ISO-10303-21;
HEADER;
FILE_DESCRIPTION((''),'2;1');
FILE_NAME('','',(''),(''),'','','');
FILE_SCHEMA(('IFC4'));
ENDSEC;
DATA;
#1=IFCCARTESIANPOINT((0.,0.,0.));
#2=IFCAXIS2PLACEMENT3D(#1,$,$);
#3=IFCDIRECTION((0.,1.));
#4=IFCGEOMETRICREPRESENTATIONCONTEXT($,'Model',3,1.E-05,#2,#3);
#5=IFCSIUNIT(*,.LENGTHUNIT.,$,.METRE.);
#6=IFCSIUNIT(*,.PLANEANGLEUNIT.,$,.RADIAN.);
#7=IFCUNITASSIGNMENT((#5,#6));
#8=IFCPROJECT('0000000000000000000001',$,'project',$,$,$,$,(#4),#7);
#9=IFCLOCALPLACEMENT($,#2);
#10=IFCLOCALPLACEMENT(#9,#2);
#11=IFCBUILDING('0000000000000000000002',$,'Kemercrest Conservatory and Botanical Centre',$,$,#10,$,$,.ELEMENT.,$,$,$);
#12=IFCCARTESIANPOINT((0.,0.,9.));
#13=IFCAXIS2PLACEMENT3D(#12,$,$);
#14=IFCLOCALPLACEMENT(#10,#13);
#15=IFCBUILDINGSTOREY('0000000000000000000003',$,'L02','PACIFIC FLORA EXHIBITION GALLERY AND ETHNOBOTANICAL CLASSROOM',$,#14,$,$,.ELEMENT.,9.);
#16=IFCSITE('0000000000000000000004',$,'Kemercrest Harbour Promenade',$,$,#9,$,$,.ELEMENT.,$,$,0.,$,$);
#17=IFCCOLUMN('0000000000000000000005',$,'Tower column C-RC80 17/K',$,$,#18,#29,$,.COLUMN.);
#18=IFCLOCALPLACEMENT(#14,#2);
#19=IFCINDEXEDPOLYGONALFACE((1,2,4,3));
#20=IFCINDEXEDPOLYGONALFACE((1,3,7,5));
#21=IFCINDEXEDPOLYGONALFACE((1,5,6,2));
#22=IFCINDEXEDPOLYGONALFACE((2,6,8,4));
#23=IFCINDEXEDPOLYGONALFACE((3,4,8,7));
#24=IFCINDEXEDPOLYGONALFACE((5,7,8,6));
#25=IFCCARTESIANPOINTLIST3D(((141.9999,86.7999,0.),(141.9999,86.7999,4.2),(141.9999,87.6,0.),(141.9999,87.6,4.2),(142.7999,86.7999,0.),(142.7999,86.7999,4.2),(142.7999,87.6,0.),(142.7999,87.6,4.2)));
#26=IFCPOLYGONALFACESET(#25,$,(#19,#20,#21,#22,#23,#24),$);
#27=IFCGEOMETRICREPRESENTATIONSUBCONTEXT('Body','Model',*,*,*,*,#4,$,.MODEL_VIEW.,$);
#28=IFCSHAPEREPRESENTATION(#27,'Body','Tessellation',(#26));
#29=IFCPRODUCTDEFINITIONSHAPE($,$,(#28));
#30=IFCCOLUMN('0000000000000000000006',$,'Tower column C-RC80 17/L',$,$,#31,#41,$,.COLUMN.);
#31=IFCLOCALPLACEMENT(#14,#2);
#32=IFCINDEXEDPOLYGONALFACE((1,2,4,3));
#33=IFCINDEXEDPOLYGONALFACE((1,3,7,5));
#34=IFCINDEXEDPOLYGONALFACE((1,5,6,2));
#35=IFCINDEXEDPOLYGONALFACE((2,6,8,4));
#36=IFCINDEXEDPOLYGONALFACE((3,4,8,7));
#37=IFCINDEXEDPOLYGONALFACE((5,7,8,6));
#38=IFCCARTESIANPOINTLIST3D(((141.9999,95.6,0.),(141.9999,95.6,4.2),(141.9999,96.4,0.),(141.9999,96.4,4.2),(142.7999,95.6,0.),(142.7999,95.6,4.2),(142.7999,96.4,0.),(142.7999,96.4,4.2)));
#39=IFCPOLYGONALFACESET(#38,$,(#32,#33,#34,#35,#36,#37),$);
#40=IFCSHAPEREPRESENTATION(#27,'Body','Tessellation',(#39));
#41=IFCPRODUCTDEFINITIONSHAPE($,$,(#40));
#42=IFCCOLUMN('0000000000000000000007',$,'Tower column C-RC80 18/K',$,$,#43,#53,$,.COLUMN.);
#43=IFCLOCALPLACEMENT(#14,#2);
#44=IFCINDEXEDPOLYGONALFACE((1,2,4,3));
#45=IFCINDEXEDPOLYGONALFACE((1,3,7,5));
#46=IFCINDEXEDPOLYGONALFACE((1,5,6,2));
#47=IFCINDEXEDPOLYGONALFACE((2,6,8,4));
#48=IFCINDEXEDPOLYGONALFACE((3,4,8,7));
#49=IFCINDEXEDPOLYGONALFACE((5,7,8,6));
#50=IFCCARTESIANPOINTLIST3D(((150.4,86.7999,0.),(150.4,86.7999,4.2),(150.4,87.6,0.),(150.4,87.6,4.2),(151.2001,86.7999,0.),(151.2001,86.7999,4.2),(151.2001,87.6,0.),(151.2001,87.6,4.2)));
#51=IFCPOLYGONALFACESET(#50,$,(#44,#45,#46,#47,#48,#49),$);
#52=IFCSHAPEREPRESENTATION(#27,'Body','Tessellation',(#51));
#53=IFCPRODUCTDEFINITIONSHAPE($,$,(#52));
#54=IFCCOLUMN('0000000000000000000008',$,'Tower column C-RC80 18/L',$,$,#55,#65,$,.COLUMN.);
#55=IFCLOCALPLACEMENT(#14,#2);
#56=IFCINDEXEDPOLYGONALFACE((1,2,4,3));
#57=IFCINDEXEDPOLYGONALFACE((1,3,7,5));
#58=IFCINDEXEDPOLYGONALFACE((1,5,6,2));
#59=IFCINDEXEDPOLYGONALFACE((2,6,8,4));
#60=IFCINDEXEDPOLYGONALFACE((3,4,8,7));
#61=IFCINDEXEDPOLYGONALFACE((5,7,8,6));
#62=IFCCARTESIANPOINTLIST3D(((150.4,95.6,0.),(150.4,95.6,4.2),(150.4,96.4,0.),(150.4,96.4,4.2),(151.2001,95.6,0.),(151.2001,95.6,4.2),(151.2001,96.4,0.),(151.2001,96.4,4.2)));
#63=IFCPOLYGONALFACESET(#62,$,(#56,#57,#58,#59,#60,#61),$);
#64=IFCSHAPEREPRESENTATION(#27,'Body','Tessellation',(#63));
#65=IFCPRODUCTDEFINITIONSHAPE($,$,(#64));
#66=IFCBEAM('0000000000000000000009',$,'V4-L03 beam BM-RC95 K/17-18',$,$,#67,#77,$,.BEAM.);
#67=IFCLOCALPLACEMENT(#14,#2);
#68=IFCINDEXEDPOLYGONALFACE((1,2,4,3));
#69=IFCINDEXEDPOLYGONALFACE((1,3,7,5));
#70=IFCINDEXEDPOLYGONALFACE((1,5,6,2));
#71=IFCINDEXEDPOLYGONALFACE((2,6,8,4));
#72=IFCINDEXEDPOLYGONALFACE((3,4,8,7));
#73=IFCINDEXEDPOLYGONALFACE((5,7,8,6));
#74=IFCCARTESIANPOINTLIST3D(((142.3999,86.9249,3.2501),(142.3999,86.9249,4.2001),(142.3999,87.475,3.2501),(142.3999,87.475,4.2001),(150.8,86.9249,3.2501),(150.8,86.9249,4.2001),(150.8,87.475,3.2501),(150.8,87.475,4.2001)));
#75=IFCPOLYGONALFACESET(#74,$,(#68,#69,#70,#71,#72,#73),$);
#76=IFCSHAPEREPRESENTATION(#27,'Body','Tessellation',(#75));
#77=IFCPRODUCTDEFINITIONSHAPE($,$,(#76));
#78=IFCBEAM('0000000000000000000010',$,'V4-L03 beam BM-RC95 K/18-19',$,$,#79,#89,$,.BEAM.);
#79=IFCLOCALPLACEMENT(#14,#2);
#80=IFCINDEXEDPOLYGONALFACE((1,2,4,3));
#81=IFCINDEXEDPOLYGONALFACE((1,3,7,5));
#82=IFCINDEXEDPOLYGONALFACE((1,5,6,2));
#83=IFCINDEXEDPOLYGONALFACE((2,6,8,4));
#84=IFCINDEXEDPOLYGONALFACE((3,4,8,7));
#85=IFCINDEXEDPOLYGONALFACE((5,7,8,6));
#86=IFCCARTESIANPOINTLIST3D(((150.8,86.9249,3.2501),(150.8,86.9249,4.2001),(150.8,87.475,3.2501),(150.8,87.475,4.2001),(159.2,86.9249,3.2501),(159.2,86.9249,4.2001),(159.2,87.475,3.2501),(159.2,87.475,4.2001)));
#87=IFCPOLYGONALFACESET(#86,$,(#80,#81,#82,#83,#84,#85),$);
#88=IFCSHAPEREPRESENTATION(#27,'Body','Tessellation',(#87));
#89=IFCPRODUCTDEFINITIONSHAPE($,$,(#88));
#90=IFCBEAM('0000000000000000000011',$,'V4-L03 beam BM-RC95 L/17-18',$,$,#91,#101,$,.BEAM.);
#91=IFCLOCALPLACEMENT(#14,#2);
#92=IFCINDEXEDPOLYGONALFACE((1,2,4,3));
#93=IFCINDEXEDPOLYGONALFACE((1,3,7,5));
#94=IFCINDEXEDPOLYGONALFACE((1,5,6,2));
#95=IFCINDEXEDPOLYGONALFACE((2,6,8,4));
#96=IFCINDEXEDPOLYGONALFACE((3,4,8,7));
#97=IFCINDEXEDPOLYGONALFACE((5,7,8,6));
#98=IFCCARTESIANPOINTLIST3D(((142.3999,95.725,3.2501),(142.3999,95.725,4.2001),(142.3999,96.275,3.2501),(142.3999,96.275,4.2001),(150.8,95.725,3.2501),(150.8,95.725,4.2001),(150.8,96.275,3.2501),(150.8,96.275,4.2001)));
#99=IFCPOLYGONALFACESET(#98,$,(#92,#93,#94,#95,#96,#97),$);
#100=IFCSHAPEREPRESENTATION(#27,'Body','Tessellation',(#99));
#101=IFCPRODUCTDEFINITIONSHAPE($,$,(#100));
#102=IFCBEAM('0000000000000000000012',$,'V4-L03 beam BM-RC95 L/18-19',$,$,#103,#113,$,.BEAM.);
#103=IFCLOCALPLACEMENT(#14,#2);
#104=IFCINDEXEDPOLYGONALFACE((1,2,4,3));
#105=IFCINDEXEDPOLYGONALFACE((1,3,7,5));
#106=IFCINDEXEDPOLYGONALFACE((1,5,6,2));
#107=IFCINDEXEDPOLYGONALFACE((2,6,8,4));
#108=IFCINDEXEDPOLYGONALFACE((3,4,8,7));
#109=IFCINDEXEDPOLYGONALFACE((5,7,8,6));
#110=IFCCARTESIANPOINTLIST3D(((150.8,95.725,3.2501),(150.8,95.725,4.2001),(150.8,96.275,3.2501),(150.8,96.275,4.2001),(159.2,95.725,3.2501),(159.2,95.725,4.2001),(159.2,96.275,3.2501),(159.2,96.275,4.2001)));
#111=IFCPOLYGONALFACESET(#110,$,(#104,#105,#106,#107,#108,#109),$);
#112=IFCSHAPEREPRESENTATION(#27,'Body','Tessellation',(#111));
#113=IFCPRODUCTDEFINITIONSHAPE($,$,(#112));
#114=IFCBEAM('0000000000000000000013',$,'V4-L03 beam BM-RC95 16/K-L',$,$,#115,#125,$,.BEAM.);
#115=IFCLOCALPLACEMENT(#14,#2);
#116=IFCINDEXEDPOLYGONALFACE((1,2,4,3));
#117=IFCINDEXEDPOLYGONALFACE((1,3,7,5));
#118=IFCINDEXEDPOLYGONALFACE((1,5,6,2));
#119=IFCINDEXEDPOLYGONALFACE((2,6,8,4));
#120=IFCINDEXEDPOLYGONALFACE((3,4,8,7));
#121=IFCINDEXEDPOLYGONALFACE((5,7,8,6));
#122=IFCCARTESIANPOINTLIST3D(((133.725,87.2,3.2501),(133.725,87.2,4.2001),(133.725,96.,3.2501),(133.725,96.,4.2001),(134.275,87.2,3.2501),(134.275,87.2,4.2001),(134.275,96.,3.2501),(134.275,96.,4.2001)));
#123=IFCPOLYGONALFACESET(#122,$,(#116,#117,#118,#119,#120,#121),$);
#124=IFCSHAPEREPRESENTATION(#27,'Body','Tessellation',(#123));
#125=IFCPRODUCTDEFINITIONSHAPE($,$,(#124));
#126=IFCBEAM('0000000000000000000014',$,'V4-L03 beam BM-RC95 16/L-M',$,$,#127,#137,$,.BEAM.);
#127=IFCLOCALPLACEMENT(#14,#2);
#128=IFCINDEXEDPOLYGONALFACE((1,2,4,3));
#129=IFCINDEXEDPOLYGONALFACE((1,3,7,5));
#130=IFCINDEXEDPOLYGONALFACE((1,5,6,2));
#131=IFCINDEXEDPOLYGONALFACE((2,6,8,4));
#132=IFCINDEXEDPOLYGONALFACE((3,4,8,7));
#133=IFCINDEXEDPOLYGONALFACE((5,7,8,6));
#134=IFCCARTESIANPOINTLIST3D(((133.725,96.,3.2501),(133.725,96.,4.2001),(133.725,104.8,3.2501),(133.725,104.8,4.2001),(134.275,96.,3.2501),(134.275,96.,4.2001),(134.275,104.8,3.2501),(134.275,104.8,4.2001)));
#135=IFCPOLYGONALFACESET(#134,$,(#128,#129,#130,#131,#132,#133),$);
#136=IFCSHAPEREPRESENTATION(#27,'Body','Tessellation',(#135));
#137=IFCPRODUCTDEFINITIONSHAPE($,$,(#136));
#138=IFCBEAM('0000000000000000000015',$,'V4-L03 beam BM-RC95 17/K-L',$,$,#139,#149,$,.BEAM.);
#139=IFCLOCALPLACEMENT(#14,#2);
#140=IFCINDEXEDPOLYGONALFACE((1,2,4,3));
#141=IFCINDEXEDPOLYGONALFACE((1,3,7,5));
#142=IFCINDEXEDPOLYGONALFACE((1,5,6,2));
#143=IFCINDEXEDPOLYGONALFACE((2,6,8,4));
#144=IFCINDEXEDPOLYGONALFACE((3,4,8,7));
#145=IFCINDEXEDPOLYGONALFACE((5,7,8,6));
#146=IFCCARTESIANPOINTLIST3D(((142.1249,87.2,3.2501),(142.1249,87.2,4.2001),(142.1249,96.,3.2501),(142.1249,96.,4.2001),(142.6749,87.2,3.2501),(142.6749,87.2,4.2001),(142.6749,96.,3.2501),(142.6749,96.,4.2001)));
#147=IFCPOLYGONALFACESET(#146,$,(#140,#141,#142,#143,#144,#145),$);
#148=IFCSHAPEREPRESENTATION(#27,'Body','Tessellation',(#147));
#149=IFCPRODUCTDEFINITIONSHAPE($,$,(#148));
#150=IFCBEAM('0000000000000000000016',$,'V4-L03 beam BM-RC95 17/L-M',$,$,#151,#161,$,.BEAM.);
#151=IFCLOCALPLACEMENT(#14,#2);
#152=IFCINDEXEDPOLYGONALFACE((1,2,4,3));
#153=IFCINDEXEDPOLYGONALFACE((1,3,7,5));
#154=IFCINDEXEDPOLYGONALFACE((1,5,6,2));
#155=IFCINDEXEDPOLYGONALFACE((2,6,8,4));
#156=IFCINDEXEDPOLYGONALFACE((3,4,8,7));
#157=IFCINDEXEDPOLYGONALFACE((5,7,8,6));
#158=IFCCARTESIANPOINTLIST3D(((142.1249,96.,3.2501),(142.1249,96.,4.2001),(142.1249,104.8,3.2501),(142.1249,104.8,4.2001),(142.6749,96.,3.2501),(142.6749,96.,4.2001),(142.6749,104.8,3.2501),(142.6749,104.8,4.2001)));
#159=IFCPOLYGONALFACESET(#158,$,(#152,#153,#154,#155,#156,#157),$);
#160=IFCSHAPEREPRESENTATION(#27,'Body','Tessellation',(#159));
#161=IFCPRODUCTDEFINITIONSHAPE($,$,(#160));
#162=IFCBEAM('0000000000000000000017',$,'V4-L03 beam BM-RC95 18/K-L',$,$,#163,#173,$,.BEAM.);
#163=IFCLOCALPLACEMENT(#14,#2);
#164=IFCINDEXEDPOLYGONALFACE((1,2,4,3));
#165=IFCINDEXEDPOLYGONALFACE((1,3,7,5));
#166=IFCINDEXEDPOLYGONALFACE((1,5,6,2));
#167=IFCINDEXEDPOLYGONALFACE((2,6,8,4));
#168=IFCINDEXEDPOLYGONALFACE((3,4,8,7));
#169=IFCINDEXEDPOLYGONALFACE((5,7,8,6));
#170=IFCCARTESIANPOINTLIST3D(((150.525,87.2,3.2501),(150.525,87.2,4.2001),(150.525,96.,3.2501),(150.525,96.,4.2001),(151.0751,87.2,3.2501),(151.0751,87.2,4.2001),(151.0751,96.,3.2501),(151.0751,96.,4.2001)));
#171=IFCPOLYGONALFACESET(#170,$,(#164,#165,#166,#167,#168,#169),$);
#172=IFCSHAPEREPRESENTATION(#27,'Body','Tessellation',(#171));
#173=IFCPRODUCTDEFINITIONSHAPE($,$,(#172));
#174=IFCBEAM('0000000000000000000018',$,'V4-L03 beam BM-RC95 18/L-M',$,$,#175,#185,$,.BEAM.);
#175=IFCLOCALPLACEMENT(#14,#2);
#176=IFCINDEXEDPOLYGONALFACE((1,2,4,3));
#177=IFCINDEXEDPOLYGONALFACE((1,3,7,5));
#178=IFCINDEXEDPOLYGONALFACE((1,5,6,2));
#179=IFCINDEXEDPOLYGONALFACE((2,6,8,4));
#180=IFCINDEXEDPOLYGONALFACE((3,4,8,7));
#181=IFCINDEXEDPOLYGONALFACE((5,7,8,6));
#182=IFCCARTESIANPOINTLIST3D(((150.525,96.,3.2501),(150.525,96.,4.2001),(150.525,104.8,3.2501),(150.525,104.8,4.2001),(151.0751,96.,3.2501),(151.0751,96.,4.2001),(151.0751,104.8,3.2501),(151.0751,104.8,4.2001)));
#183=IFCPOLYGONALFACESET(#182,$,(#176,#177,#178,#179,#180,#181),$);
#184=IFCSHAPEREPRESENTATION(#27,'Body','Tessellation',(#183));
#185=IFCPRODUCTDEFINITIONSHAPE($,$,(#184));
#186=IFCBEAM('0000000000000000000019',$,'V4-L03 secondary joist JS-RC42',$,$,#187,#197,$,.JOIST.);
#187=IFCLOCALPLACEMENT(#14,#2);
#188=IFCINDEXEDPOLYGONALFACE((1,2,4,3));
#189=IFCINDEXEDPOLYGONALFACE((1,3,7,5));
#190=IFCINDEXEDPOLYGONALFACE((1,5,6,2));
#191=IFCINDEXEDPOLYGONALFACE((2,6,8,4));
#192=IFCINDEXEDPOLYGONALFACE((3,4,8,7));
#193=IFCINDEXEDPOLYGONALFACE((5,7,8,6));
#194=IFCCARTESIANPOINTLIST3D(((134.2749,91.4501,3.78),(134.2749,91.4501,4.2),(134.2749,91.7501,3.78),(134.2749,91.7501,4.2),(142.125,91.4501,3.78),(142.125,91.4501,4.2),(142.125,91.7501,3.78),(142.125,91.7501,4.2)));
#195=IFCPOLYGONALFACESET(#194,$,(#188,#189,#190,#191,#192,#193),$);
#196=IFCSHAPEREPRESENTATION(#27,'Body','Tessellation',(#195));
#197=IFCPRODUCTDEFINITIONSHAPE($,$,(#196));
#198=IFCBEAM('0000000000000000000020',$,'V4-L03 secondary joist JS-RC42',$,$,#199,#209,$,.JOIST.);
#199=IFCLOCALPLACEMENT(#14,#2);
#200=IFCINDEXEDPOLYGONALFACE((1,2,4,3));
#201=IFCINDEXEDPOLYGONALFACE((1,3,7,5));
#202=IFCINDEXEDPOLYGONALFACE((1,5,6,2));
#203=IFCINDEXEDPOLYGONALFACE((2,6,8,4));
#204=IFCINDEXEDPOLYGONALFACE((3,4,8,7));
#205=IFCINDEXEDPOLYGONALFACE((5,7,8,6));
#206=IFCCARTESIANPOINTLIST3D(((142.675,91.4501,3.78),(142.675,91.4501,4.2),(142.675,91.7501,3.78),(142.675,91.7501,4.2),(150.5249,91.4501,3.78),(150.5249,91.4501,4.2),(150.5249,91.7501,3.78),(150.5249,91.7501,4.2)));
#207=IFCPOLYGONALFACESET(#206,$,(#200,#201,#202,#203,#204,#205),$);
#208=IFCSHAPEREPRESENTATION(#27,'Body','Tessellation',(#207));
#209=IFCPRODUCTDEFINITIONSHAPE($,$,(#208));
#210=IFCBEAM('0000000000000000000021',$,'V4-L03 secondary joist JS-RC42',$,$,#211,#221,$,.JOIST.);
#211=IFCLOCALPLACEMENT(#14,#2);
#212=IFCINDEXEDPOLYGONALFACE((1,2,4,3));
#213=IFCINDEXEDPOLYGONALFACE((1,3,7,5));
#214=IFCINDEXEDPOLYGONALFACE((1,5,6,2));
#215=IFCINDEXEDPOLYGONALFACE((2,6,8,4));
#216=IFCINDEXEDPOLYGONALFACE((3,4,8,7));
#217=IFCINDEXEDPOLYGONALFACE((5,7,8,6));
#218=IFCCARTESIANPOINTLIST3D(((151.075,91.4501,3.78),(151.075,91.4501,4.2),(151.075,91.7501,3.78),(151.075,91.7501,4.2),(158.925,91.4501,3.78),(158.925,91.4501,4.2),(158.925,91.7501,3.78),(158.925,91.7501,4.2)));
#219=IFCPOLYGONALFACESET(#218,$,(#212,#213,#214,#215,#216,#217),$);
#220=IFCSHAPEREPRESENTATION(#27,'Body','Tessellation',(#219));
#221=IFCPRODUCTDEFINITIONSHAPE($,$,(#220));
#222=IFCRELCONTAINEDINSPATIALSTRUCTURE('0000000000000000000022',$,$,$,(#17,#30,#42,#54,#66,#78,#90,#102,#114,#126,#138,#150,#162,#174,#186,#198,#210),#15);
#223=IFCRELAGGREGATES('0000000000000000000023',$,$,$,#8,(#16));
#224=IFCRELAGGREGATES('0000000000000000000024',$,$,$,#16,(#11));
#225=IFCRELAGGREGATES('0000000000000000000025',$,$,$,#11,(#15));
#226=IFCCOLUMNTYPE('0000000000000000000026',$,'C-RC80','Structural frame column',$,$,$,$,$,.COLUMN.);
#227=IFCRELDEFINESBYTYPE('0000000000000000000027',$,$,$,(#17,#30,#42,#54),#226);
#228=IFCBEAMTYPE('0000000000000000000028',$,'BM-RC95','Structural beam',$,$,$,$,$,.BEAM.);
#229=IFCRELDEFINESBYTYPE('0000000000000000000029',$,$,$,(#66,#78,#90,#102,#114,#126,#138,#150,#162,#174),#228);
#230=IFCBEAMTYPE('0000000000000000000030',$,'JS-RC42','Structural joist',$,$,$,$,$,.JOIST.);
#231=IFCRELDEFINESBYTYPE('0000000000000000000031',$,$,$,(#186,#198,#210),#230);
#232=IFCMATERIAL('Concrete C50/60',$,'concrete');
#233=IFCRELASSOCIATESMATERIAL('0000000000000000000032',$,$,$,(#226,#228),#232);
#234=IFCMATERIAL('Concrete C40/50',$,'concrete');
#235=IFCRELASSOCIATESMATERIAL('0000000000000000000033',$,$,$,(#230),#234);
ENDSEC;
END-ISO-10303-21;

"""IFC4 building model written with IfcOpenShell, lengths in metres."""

from ifc_helpers import new_model, si_unit, direction, frame, origin, origin_2d, place, context, subcontext, project, spatial, rectangle, extrude, material, material_profile, profile_set, type_object, element, save


model = new_model("IFC4")

# Units and contexts
model_context = context("Model", 3, precision=1e-05, world=origin(), true_north=direction((0.0, 1.0)))
body_context = subcontext(model_context, "Body", "Model", "MODEL_VIEW")
ifc_project = project(units=[si_unit("LENGTHUNIT", "METRE"), si_unit("PLANEANGLEUNIT", "RADIAN")], contexts=[model_context])

# Site, building, storey
site_placement = place(None, origin())
site = spatial("IfcSite", under=ifc_project, at=site_placement, Name="Kemercrest Harbour Promenade", CompositionType="ELEMENT", RefElevation=0.0)
building_placement = place(site_placement, origin())
building = spatial("IfcBuilding", under=site, at=building_placement, Name="Kemercrest Conservatory and Botanical Centre", CompositionType="ELEMENT")
storey_placement = place(building_placement, frame((0.0, 0.0, 9.0)))
storey = spatial("IfcBuildingStorey", under=building, at=storey_placement, Name="L02", Description="PACIFIC FLORA EXHIBITION GALLERY AND ETHNOBOTANICAL CLASSROOM", CompositionType="ELEMENT", Elevation=9.0)

# Columns
ifc_material_1 = material(Name="Concrete C50/60", Category="concrete")
ifc_material_profile_1 = material_profile(ifc_material_1, rectangle(XDim=0.8, YDim=0.8, at=origin_2d()), Name="RC 800x800")
ifc_profile_set_1 = profile_set([ifc_material_profile_1], Name="Concrete C50/60")
column_type = type_object("IfcColumnType", Name="C-RC80", Description="Structural frame column", PredefinedType="COLUMN", material=ifc_profile_set_1)
for number, where, z_axis, x_axis, name in (
    (1, (142.3999, 87.2, 0.0), (0.0, 0.0, 1.0), (1.0, 0.0, 0.0), "Tower column C-RC80 17/K"),
    (2, (142.3999, 96.0, 0.0), (0.0, 0.0, 1.0), (1.0, 0.0, 0.0), "Tower column C-RC80 17/L"),
    (3, (150.8, 87.2, 0.0), (0.0, 0.0, 1.0), (1.0, 0.0, 0.0), "Tower column C-RC80 18/K"),
    (4, (150.8, 96.0, 0.0), (0.0, 0.0, 1.0), (1.0, 0.0, 0.0), "Tower column C-RC80 18/L"),
):
    element("IfcColumn", number, at=place(storey_placement, frame(where, z_axis=z_axis, x_axis=x_axis)), inside=storey, type_object=column_type, Name=name, PredefinedType="COLUMN", context=body_context, shape_type="SweptSolid", body=[
        extrude(rectangle(XDim=0.8, YDim=0.8, at=origin_2d()), origin(), (0.0, 0.0, 1.0), 4.2),
    ])

# Beams
ifc_material_profile_2 = material_profile(ifc_material_1, rectangle(XDim=0.55, YDim=0.95, at=origin_2d()), Name="RC 550x950")
ifc_profile_set_2 = profile_set([ifc_material_profile_2], Name="Concrete C50/60")
beam_type_1 = type_object("IfcBeamType", Name="BM-RC95", Description="Structural beam", PredefinedType="BEAM", material=ifc_profile_set_2)
beam_1_placement = place(storey_placement, frame((142.3999, 87.2, 3.7251), z_axis=(1.0, 0.0, 0.0), x_axis=(0.0, 1.0, 0.0)))
element("IfcBeam", 5, at=beam_1_placement, inside=storey, type_object=beam_type_1, Name="V4-L03 beam BM-RC95 K/17-18", PredefinedType="BEAM", context=body_context, shape_type="SweptSolid", body=[
    extrude(rectangle(XDim=0.55, YDim=0.95, at=origin_2d()), origin(), (0.0, 0.0, 1.0), 8.4001),
])
beam_2_placement = place(storey_placement, frame((150.8, 87.2, 3.7251), z_axis=(1.0, 0.0, 0.0), x_axis=(0.0, 1.0, 0.0)))
element("IfcBeam", 6, at=beam_2_placement, inside=storey, type_object=beam_type_1, Name="V4-L03 beam BM-RC95 K/18-19", PredefinedType="BEAM", context=body_context, shape_type="SweptSolid", body=[
    extrude(rectangle(XDim=0.55, YDim=0.95, at=origin_2d()), origin(), (0.0, 0.0, 1.0), 8.3999),
])
beam_3_placement = place(storey_placement, frame((142.3999, 96.0, 3.7251), z_axis=(1.0, 0.0, 0.0), x_axis=(0.0, 1.0, 0.0)))
element("IfcBeam", 7, at=beam_3_placement, inside=storey, type_object=beam_type_1, Name="V4-L03 beam BM-RC95 L/17-18", PredefinedType="BEAM", context=body_context, shape_type="SweptSolid", body=[
    extrude(rectangle(XDim=0.55, YDim=0.95, at=origin_2d()), origin(), (0.0, 0.0, 1.0), 8.4001),
])
beam_4_placement = place(storey_placement, frame((150.8, 96.0, 3.7251), z_axis=(1.0, 0.0, 0.0), x_axis=(0.0, 1.0, 0.0)))
element("IfcBeam", 8, at=beam_4_placement, inside=storey, type_object=beam_type_1, Name="V4-L03 beam BM-RC95 L/18-19", PredefinedType="BEAM", context=body_context, shape_type="SweptSolid", body=[
    extrude(rectangle(XDim=0.55, YDim=0.95, at=origin_2d()), origin(), (0.0, 0.0, 1.0), 8.3999),
])
for number, where, z_axis, x_axis, name in (
    (9, (134.0, 87.2, 3.7251), (0.0, 1.0, 0.0), (-1.0, 0.0, 0.0), "V4-L03 beam BM-RC95 16/K-L"),
    (10, (134.0, 96.0, 3.7251), (0.0, 1.0, 0.0), (-1.0, 0.0, 0.0), "V4-L03 beam BM-RC95 16/L-M"),
    (11, (142.3999, 87.2, 3.7251), (0.0, 1.0, 0.0), (-1.0, 0.0, 0.0), "V4-L03 beam BM-RC95 17/K-L"),
    (12, (142.3999, 96.0, 3.7251), (0.0, 1.0, 0.0), (-1.0, 0.0, 0.0), "V4-L03 beam BM-RC95 17/L-M"),
    (13, (150.8, 87.2, 3.7251), (0.0, 1.0, 0.0), (-1.0, 0.0, 0.0), "V4-L03 beam BM-RC95 18/K-L"),
    (14, (150.8, 96.0, 3.7251), (0.0, 1.0, 0.0), (-1.0, 0.0, 0.0), "V4-L03 beam BM-RC95 18/L-M"),
):
    element("IfcBeam", number, at=place(storey_placement, frame(where, z_axis=z_axis, x_axis=x_axis)), inside=storey, type_object=beam_type_1, Name=name, PredefinedType="BEAM", context=body_context, shape_type="SweptSolid", body=[
        extrude(rectangle(XDim=0.55, YDim=0.95, at=origin_2d()), origin(), (0.0, 0.0, 1.0), 8.8),
    ])
ifc_material_2 = material(Name="Concrete C40/50", Category="concrete")
ifc_material_profile_3 = material_profile(ifc_material_2, rectangle(XDim=0.3, YDim=0.4199, at=origin_2d()), Name="RC 300x420")
ifc_profile_set_3 = profile_set([ifc_material_profile_3], Name="Concrete C40/50")
beam_type_2 = type_object("IfcBeamType", Name="JS-RC42", Description="Structural joist", PredefinedType="JOIST", material=ifc_profile_set_3)
beam_5_placement = place(storey_placement, frame((134.2749, 91.6001, 3.99), z_axis=(1.0, 0.0, 0.0), x_axis=(0.0, 1.0, 0.0)))
element("IfcBeam", 15, at=beam_5_placement, inside=storey, type_object=beam_type_2, Name="V4-L03 secondary joist JS-RC42", PredefinedType="JOIST", context=body_context, shape_type="SweptSolid", body=[
    extrude(rectangle(XDim=0.3, YDim=0.4199, at=origin_2d()), origin(), (0.0, 0.0, 1.0), 7.8501),
])
beam_6_placement = place(storey_placement, frame((142.675, 91.6001, 3.99), z_axis=(1.0, 0.0, 0.0), x_axis=(0.0, 1.0, 0.0)))
element("IfcBeam", 16, at=beam_6_placement, inside=storey, type_object=beam_type_2, Name="V4-L03 secondary joist JS-RC42", PredefinedType="JOIST", context=body_context, shape_type="SweptSolid", body=[
    extrude(rectangle(XDim=0.3, YDim=0.4199, at=origin_2d()), origin(), (0.0, 0.0, 1.0), 7.8499),
])
beam_7_placement = place(storey_placement, frame((151.075, 91.6001, 3.99), z_axis=(1.0, 0.0, 0.0), x_axis=(0.0, 1.0, 0.0)))
element("IfcBeam", 17, at=beam_7_placement, inside=storey, type_object=beam_type_2, Name="V4-L03 secondary joist JS-RC42", PredefinedType="JOIST", context=body_context, shape_type="SweptSolid", body=[
    extrude(rectangle(XDim=0.3, YDim=0.4199, at=origin_2d()), origin(), (0.0, 0.0, 1.0), 7.8501),
])

save(model, "model.ifc")
